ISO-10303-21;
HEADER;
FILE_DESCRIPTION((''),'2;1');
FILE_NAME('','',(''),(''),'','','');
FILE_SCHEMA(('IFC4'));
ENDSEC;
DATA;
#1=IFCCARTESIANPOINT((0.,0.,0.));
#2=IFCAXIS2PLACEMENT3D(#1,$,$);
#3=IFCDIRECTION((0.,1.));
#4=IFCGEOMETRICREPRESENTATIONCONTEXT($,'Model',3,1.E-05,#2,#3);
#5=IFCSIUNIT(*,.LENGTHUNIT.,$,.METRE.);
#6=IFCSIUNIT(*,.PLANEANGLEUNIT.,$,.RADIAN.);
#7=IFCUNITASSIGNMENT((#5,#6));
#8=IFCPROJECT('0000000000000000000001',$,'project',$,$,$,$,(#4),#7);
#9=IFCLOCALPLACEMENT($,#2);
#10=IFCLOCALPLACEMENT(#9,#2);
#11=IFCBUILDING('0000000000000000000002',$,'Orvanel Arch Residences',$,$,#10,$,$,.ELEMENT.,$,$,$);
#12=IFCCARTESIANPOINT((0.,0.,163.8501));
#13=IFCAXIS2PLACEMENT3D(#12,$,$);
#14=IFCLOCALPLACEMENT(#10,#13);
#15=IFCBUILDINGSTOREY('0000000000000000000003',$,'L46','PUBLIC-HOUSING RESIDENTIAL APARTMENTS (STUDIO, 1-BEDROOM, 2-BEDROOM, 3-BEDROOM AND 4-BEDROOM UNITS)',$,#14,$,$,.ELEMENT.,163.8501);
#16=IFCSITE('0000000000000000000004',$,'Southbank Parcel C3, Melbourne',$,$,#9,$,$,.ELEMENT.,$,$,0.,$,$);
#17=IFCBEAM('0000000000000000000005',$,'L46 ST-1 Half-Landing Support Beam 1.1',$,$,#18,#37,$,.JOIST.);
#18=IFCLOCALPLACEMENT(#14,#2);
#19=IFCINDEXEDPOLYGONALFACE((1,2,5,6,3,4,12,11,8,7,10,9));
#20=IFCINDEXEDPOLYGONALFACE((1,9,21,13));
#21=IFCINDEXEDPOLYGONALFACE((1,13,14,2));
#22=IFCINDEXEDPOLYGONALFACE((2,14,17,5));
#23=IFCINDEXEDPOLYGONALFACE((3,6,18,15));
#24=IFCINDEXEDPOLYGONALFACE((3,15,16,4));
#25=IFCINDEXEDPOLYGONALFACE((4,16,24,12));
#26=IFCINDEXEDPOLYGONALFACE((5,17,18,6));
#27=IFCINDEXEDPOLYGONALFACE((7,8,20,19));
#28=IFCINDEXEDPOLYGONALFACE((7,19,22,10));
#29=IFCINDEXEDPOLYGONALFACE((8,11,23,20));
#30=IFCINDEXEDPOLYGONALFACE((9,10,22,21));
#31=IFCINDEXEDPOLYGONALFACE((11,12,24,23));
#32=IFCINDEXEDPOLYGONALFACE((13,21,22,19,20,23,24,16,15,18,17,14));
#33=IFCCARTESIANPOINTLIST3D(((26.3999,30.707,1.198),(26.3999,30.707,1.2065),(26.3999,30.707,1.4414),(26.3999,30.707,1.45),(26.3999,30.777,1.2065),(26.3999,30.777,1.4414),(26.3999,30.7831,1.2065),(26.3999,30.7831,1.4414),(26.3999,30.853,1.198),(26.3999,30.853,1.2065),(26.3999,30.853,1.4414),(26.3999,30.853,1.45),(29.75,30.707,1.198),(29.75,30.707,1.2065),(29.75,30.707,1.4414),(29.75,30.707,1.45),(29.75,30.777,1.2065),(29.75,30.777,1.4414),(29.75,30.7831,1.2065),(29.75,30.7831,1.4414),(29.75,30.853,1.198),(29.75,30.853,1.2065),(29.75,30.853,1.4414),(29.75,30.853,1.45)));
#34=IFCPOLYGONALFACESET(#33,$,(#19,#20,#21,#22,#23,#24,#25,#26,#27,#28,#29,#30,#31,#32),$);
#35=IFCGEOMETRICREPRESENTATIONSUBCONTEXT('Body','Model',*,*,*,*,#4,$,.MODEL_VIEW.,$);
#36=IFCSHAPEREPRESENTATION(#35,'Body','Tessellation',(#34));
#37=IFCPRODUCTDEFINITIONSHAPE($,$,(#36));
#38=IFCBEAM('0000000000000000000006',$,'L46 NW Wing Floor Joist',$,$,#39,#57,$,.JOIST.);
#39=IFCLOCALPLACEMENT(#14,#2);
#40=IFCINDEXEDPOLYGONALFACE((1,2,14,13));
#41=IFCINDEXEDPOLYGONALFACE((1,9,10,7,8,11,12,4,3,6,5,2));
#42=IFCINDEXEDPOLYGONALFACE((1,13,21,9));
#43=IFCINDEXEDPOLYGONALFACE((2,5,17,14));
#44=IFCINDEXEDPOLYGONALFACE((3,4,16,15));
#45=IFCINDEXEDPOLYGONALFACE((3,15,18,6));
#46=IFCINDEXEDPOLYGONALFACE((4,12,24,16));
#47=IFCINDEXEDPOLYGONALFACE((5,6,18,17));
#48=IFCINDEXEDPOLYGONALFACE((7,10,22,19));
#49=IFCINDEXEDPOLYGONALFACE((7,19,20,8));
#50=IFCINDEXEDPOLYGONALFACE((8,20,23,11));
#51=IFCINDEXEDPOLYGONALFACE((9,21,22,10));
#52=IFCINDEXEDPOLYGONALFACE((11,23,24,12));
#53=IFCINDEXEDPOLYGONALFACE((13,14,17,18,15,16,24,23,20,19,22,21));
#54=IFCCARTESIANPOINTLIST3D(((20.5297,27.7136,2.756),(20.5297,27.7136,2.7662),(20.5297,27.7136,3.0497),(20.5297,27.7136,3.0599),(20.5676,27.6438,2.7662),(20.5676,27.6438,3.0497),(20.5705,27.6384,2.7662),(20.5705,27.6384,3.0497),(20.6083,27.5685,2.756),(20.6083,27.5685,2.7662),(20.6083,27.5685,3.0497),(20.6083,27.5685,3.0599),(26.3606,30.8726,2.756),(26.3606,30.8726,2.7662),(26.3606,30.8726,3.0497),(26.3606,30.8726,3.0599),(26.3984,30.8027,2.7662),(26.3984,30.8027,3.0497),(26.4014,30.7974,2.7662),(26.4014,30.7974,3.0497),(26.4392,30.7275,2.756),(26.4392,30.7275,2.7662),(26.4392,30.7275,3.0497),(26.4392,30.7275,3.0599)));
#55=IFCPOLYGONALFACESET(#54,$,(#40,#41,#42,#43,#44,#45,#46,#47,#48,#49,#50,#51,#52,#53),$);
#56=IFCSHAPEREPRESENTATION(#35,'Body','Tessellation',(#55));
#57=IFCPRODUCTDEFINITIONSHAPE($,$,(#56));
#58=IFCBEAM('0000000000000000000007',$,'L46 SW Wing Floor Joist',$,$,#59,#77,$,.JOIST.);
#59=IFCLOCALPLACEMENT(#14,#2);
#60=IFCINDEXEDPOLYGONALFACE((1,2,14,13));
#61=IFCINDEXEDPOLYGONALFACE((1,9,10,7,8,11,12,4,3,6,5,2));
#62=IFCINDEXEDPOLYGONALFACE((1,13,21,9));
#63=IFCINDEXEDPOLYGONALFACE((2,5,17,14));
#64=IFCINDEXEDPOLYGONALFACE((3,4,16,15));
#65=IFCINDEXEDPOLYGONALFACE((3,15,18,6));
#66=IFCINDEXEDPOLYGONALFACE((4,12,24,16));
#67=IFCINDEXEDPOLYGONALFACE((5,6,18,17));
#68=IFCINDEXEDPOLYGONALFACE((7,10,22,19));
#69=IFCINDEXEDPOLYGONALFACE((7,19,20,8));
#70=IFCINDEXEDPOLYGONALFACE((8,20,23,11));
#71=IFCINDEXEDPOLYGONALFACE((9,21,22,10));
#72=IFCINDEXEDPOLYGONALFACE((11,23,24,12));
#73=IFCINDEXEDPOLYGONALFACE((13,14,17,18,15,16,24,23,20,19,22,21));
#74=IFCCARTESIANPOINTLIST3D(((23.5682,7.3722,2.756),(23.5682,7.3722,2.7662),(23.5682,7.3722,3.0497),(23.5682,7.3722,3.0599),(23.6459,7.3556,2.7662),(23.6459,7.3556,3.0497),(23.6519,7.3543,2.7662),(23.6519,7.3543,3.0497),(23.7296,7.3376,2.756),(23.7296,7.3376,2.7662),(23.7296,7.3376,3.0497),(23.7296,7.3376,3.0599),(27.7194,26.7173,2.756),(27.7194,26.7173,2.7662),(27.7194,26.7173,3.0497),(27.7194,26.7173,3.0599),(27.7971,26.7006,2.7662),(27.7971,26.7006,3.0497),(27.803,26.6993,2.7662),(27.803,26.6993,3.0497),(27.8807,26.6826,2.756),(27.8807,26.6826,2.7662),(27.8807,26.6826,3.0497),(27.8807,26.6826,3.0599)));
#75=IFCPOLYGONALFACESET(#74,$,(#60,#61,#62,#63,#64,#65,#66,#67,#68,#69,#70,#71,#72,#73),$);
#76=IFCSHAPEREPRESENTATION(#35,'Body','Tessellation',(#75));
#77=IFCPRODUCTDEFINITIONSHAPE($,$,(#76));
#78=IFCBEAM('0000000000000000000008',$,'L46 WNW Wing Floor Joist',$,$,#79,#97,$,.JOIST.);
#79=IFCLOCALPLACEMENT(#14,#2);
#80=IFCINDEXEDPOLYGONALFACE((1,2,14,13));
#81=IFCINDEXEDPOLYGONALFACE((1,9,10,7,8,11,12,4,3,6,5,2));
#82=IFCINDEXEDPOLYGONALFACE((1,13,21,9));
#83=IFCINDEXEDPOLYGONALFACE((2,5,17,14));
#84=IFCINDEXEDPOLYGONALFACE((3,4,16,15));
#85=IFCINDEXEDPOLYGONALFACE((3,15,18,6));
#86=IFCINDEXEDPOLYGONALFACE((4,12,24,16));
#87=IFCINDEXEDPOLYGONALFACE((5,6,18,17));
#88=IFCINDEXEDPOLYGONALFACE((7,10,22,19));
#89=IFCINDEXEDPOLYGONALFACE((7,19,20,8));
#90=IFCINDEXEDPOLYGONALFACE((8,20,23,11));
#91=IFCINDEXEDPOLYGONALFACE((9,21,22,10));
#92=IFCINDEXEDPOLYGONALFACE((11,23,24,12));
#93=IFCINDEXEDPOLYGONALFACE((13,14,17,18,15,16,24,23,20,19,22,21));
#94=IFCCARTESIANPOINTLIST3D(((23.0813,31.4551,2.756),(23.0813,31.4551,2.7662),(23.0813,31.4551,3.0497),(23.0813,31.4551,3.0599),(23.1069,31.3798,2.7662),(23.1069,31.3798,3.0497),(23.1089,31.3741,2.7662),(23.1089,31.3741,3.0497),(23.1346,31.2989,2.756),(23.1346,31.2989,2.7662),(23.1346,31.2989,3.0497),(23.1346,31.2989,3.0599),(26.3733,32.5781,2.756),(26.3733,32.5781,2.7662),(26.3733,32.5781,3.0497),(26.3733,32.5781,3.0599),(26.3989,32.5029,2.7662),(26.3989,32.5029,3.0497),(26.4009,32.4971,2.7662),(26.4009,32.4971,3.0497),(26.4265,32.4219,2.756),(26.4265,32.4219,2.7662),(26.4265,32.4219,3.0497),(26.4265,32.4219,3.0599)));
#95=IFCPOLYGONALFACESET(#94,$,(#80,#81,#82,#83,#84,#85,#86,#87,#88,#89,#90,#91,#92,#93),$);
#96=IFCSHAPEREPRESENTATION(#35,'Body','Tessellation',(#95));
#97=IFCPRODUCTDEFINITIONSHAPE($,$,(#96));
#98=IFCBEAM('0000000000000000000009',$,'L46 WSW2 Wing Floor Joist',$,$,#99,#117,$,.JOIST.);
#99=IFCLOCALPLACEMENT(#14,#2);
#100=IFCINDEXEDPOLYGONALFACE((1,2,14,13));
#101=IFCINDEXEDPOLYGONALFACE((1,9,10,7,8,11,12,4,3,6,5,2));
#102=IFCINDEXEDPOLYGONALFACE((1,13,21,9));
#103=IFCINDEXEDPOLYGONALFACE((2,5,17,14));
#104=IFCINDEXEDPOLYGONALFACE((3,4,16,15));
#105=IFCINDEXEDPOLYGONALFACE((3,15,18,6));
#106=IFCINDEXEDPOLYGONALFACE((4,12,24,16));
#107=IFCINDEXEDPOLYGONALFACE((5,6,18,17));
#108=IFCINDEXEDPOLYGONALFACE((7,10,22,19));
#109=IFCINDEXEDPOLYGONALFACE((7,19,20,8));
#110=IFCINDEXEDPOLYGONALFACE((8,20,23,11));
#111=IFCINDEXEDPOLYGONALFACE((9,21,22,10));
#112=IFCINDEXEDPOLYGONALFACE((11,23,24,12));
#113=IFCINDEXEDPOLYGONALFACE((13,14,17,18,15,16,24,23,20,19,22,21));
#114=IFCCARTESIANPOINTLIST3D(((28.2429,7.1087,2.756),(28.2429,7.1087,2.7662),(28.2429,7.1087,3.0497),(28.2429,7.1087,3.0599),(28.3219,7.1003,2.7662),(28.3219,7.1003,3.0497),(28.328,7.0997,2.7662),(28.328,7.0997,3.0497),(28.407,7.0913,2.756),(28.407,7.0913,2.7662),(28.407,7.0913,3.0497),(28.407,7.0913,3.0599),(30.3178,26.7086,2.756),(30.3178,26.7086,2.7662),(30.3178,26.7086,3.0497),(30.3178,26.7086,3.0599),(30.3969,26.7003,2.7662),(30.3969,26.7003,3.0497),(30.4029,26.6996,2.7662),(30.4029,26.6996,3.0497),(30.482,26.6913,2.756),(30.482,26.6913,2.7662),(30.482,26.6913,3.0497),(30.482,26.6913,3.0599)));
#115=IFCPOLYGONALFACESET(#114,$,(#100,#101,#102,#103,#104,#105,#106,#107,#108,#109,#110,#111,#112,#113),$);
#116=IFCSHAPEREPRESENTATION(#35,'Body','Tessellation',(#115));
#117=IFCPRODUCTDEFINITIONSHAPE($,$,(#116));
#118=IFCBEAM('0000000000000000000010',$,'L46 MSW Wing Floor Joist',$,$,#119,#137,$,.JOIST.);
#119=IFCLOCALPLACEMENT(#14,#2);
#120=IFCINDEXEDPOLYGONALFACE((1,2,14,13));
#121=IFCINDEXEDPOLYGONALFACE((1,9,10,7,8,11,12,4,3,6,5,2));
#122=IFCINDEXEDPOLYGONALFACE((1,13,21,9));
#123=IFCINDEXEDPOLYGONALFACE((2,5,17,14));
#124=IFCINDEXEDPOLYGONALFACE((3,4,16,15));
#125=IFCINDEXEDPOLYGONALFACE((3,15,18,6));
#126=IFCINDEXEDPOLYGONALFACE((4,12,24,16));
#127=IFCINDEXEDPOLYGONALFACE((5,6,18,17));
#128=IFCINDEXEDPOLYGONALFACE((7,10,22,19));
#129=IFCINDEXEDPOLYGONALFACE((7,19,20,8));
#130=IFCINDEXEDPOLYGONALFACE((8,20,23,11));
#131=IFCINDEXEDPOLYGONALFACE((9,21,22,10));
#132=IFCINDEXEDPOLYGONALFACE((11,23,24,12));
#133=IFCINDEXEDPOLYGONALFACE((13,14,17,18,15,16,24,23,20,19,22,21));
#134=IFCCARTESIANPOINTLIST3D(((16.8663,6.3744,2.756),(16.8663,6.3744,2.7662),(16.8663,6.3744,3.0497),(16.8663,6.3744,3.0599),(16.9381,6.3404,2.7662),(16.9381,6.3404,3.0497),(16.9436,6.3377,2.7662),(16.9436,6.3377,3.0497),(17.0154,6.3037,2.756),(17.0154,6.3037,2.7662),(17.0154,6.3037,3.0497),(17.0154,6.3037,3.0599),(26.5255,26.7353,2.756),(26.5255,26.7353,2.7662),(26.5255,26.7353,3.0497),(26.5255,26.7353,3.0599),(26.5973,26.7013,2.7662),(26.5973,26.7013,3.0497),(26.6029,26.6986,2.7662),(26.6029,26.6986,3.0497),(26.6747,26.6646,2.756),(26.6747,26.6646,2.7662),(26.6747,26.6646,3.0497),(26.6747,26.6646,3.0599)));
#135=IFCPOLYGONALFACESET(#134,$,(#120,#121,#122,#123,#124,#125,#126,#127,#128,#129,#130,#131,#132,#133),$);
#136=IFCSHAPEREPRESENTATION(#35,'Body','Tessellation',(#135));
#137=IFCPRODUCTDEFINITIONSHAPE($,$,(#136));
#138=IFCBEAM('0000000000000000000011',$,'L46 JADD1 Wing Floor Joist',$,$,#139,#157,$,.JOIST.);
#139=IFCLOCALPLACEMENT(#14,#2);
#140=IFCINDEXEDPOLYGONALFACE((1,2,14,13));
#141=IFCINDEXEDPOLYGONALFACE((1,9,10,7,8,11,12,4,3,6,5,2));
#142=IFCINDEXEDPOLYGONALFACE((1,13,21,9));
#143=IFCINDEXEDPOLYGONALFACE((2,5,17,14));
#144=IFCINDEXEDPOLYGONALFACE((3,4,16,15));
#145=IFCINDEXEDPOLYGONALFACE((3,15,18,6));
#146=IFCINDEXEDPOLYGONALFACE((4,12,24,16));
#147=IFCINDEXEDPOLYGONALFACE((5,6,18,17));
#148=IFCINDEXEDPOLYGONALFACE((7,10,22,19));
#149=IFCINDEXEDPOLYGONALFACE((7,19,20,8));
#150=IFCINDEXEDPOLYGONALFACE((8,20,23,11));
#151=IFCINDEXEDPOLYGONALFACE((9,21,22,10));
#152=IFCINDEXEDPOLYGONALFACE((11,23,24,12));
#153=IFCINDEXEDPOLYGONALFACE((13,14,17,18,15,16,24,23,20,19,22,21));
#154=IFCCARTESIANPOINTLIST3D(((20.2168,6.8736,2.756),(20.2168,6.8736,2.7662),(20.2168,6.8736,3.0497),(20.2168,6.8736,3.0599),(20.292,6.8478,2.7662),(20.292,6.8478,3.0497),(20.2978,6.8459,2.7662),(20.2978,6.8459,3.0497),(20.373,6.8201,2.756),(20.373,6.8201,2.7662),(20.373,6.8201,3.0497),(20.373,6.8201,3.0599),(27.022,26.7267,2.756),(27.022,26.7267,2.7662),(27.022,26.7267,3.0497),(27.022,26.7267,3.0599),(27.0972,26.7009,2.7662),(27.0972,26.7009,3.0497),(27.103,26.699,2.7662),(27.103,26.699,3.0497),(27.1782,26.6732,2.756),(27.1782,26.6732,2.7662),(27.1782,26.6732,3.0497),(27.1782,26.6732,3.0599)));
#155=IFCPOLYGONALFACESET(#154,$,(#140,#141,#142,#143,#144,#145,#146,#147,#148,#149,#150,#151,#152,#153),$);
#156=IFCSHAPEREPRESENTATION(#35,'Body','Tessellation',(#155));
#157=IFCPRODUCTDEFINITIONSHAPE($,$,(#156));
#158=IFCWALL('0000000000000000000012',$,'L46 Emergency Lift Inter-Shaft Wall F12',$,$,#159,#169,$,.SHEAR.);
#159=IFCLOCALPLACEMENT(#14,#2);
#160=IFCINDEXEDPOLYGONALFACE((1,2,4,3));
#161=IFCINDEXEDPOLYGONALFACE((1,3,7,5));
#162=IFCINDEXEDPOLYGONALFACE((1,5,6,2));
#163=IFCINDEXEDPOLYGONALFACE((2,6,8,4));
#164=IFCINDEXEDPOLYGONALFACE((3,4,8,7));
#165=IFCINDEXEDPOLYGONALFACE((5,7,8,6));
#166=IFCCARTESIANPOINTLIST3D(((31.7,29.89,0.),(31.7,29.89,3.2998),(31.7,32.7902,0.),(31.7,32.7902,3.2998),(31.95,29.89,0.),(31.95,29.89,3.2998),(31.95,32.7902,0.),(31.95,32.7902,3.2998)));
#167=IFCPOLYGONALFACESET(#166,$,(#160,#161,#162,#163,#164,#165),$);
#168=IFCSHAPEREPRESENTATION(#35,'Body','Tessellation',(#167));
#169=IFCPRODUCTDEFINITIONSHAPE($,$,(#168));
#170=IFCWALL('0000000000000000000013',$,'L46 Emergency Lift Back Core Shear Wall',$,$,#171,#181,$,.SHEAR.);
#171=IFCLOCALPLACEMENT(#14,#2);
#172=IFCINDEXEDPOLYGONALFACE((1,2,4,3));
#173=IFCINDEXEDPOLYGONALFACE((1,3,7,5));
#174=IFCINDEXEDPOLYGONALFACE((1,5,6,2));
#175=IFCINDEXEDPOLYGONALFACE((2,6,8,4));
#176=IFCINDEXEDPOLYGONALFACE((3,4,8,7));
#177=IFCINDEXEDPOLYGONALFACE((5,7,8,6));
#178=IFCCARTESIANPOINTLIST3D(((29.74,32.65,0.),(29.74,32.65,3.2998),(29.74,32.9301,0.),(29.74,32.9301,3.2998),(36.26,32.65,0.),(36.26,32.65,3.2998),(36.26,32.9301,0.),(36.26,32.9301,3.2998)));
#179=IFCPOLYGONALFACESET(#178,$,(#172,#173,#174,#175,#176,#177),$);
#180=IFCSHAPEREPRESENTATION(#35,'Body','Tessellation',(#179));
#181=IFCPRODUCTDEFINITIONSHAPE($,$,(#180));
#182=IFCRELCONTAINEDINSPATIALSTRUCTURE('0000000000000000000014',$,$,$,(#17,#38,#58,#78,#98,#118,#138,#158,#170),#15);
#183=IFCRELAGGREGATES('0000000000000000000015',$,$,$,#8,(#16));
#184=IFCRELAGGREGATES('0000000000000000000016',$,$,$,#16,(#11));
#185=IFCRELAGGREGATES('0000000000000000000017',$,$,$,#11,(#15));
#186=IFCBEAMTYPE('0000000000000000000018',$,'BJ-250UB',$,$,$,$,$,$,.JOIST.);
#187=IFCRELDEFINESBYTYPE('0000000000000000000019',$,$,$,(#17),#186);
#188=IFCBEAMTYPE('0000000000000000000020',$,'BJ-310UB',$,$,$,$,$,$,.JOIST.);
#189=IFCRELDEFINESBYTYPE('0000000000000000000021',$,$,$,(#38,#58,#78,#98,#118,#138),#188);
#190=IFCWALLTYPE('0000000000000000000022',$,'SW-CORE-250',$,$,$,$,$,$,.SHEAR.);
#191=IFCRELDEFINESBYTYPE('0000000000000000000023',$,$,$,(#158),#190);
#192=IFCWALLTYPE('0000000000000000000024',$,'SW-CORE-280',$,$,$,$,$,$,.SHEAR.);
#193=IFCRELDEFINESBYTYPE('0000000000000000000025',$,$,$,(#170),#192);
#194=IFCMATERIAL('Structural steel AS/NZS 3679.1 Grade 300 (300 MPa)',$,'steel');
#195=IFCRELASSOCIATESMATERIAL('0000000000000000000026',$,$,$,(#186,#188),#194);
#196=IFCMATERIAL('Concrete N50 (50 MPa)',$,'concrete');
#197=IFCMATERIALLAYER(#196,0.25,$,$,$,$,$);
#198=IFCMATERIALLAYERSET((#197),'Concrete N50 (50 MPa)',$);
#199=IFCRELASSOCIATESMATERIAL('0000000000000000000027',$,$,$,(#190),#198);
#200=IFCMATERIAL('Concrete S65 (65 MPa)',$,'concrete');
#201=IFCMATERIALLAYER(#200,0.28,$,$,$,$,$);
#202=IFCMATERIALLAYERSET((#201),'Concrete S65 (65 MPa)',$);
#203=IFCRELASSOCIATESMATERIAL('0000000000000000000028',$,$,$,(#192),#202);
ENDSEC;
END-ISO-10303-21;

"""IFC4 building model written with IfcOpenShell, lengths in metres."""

from ifc_helpers import new_model, si_unit, direction, frame, frame_2d, origin, origin_2d, place, context, subcontext, project, spatial, rectangle, i_section, extrude, material, layer, layer_set, material_profile, profile_set, type_object, element, save


model = new_model("IFC4")

# Units and contexts
model_context = context("Model", 3, precision=1e-05, world=origin(), true_north=direction((0.0, 1.0)))
body_context = subcontext(model_context, "Body", "Model", "MODEL_VIEW")
ifc_project = project(units=[si_unit("LENGTHUNIT", "METRE"), si_unit("PLANEANGLEUNIT", "RADIAN")], contexts=[model_context])

# Site, building, storey
site_placement = place(None, origin())
site = spatial("IfcSite", under=ifc_project, at=site_placement, Name="Southbank Parcel C3, Melbourne", CompositionType="ELEMENT", RefElevation=0.0)
building_placement = place(site_placement, origin())
building = spatial("IfcBuilding", under=site, at=building_placement, Name="Orvanel Arch Residences", CompositionType="ELEMENT")
storey_placement = place(building_placement, frame((0.0, 0.0, 163.8501)))
storey = spatial("IfcBuildingStorey", under=building, at=storey_placement, Name="L46", Description="PUBLIC-HOUSING RESIDENTIAL APARTMENTS (STUDIO, 1-BEDROOM, 2-BEDROOM, 3-BEDROOM AND 4-BEDROOM UNITS)", CompositionType="ELEMENT", Elevation=163.8501)

# Beams
ifc_material_1 = material(Name="Structural steel AS/NZS 3679.1 Grade 300 (300 MPa)", Category="steel")
ifc_material_profile_1 = material_profile(ifc_material_1, i_section(OverallWidth=0.146, OverallDepth=0.252, WebThickness=0.0061, FlangeThickness=0.0085, at=origin_2d()), Name="250UB31.4")
ifc_profile_set_1 = profile_set([ifc_material_profile_1], Name="Structural steel AS/NZS 3679.1 Grade 300 (300 MPa)")
beam_type_1 = type_object("IfcBeamType", Name="BJ-250UB", PredefinedType="JOIST", material=ifc_profile_set_1)
beam_1_placement = place(storey_placement, frame((26.3999, 30.78, 1.324), z_axis=(1.0, 0.0, 0.0), x_axis=(0.0, 1.0, 0.0)))
element("IfcBeam", 1, at=beam_1_placement, inside=storey, type_object=beam_type_1, Name="L46 ST-1 Half-Landing Support Beam 1.1", PredefinedType="JOIST", context=body_context, shape_type="SweptSolid", body=[
    extrude(i_section(OverallWidth=0.146, OverallDepth=0.252, WebThickness=0.0061, FlangeThickness=0.0085, at=origin_2d()), origin(), (0.0, 0.0, 1.0), 3.3501),
])
ifc_material_profile_2 = material_profile(ifc_material_1, i_section(OverallWidth=0.165, OverallDepth=0.304, WebThickness=0.0061, FlangeThickness=0.0103, at=origin_2d()), Name="310UB40.4")
ifc_profile_set_2 = profile_set([ifc_material_profile_2], Name="Structural steel AS/NZS 3679.1 Grade 300 (300 MPa)")
beam_type_2 = type_object("IfcBeamType", Name="BJ-310UB", PredefinedType="JOIST", material=ifc_profile_set_2)
beam_2_placement = place(storey_placement, frame((26.3999, 30.8, 2.908), z_axis=(-0.879255, -0.476351, 0.0), x_axis=(0.476351, -0.879255, 0.0)))
element("IfcBeam", 2, at=beam_2_placement, inside=storey, type_object=beam_type_2, Name="L46 NW Wing Floor Joist", PredefinedType="JOIST", context=body_context, shape_type="SweptSolid", body=[
    extrude(i_section(OverallWidth=0.165, OverallDepth=0.304, WebThickness=0.0061, FlangeThickness=0.0103, at=origin_2d()), origin(), (0.0, 0.0, 1.0), 6.6316),
])
beam_3_placement = place(storey_placement, frame((27.8, 26.7, 2.908), z_axis=(-0.209808, -0.977743, 0.0), x_axis=(0.977743, -0.209808, 0.0)))
element("IfcBeam", 3, at=beam_3_placement, inside=storey, type_object=beam_type_2, Name="L46 SW Wing Floor Joist", PredefinedType="JOIST", context=body_context, shape_type="SweptSolid", body=[
    extrude(i_section(OverallWidth=0.165, OverallDepth=0.304, WebThickness=0.0061, FlangeThickness=0.0103, at=origin_2d()), origin(), (0.0, 0.0, 1.0), 19.7854),
])
beam_4_placement = place(storey_placement, frame((26.3999, 32.5, 2.908), z_axis=(-0.946442, -0.322874, 0.0), x_axis=(0.322874, -0.946442, 0.0)))
element("IfcBeam", 4, at=beam_4_placement, inside=storey, type_object=beam_type_2, Name="L46 WNW Wing Floor Joist", PredefinedType="JOIST", context=body_context, shape_type="SweptSolid", body=[
    extrude(i_section(OverallWidth=0.165, OverallDepth=0.304, WebThickness=0.0061, FlangeThickness=0.0103, at=origin_2d()), origin(), (0.0, 0.0, 1.0), 3.4783),
])
beam_5_placement = place(storey_placement, frame((30.3999, 26.7, 2.908), z_axis=(-0.105277, -0.994443, 0.0), x_axis=(0.994443, -0.105277, 0.0)))
element("IfcBeam", 5, at=beam_5_placement, inside=storey, type_object=beam_type_2, Name="L46 WSW2 Wing Floor Joist", PredefinedType="JOIST", context=body_context, shape_type="SweptSolid", body=[
    extrude(i_section(OverallWidth=0.165, OverallDepth=0.304, WebThickness=0.0061, FlangeThickness=0.0103, at=origin_2d()), origin(), (0.0, 0.0, 1.0), 19.7095),
])
beam_6_placement = place(storey_placement, frame((26.6001, 26.7, 2.908), z_axis=(-0.428614, -0.903488, 0.0), x_axis=(0.903488, -0.428614, 0.0)))
element("IfcBeam", 6, at=beam_6_placement, inside=storey, type_object=beam_type_2, Name="L46 MSW Wing Floor Joist", PredefinedType="JOIST", context=body_context, shape_type="SweptSolid", body=[
    extrude(i_section(OverallWidth=0.165, OverallDepth=0.304, WebThickness=0.0061, FlangeThickness=0.0103, at=origin_2d()), origin(), (0.0, 0.0, 1.0), 22.5359),
])
beam_7_placement = place(storey_placement, frame((27.1001, 26.7, 2.908), z_axis=(-0.324257, -0.945969, 0.0), x_axis=(0.945969, -0.324257, 0.0)))
element("IfcBeam", 7, at=beam_7_placement, inside=storey, type_object=beam_type_2, Name="L46 JADD1 Wing Floor Joist", PredefinedType="JOIST", context=body_context, shape_type="SweptSolid", body=[
    extrude(i_section(OverallWidth=0.165, OverallDepth=0.304, WebThickness=0.0061, FlangeThickness=0.0103, at=origin_2d()), origin(), (0.0, 0.0, 1.0), 20.9871),
])

# Wall
ifc_material_2 = material(Name="Concrete N50 (50 MPa)", Category="concrete")
ifc_layer_1 = layer(ifc_material_2, 0.25)
ifc_layer_set_1 = layer_set([ifc_layer_1], Name="Concrete N50 (50 MPa)")
wall_type_1 = type_object("IfcWallType", Name="SW-CORE-250", PredefinedType="SHEAR", material=ifc_layer_set_1)
wall_1_placement = place(storey_placement, frame((31.825, 29.8899, 0.0), z_axis=(0.0, 0.0, 1.0), x_axis=(0.0, 1.0, 0.0)))
element("IfcWall", 8, at=wall_1_placement, inside=storey, type_object=wall_type_1, Name="L46 Emergency Lift Inter-Shaft Wall F12", PredefinedType="SHEAR", context=body_context, shape_type="SweptSolid", body=[
    extrude(rectangle(XDim=2.9001, YDim=0.25, at=frame_2d((1.4502, 0.0))), origin(), (0.0, 0.0, 1.0), 3.2998),
])

# Shared definitions
ifc_material_3 = material(Name="Concrete S65 (65 MPa)", Category="concrete")
ifc_layer_2 = layer(ifc_material_3, 0.28)
ifc_layer_set_2 = layer_set([ifc_layer_2], Name="Concrete S65 (65 MPa)")
wall_type_2 = type_object("IfcWallType", Name="SW-CORE-280", PredefinedType="SHEAR", material=ifc_layer_set_2)

# Wall
wall_2_placement = place(storey_placement, frame((29.74, 32.79, 0.0), z_axis=(0.0, 0.0, 1.0), x_axis=(1.0, 0.0, 0.0)))
element("IfcWall", 9, at=wall_2_placement, inside=storey, type_object=wall_type_2, Name="L46 Emergency Lift Back Core Shear Wall", PredefinedType="SHEAR", context=body_context, shape_type="SweptSolid", body=[
    extrude(rectangle(XDim=6.52, YDim=0.28, at=frame_2d((3.26, 0.0))), origin(), (0.0, 0.0, 1.0), 3.2998),
])

save(model, "model.ifc")
